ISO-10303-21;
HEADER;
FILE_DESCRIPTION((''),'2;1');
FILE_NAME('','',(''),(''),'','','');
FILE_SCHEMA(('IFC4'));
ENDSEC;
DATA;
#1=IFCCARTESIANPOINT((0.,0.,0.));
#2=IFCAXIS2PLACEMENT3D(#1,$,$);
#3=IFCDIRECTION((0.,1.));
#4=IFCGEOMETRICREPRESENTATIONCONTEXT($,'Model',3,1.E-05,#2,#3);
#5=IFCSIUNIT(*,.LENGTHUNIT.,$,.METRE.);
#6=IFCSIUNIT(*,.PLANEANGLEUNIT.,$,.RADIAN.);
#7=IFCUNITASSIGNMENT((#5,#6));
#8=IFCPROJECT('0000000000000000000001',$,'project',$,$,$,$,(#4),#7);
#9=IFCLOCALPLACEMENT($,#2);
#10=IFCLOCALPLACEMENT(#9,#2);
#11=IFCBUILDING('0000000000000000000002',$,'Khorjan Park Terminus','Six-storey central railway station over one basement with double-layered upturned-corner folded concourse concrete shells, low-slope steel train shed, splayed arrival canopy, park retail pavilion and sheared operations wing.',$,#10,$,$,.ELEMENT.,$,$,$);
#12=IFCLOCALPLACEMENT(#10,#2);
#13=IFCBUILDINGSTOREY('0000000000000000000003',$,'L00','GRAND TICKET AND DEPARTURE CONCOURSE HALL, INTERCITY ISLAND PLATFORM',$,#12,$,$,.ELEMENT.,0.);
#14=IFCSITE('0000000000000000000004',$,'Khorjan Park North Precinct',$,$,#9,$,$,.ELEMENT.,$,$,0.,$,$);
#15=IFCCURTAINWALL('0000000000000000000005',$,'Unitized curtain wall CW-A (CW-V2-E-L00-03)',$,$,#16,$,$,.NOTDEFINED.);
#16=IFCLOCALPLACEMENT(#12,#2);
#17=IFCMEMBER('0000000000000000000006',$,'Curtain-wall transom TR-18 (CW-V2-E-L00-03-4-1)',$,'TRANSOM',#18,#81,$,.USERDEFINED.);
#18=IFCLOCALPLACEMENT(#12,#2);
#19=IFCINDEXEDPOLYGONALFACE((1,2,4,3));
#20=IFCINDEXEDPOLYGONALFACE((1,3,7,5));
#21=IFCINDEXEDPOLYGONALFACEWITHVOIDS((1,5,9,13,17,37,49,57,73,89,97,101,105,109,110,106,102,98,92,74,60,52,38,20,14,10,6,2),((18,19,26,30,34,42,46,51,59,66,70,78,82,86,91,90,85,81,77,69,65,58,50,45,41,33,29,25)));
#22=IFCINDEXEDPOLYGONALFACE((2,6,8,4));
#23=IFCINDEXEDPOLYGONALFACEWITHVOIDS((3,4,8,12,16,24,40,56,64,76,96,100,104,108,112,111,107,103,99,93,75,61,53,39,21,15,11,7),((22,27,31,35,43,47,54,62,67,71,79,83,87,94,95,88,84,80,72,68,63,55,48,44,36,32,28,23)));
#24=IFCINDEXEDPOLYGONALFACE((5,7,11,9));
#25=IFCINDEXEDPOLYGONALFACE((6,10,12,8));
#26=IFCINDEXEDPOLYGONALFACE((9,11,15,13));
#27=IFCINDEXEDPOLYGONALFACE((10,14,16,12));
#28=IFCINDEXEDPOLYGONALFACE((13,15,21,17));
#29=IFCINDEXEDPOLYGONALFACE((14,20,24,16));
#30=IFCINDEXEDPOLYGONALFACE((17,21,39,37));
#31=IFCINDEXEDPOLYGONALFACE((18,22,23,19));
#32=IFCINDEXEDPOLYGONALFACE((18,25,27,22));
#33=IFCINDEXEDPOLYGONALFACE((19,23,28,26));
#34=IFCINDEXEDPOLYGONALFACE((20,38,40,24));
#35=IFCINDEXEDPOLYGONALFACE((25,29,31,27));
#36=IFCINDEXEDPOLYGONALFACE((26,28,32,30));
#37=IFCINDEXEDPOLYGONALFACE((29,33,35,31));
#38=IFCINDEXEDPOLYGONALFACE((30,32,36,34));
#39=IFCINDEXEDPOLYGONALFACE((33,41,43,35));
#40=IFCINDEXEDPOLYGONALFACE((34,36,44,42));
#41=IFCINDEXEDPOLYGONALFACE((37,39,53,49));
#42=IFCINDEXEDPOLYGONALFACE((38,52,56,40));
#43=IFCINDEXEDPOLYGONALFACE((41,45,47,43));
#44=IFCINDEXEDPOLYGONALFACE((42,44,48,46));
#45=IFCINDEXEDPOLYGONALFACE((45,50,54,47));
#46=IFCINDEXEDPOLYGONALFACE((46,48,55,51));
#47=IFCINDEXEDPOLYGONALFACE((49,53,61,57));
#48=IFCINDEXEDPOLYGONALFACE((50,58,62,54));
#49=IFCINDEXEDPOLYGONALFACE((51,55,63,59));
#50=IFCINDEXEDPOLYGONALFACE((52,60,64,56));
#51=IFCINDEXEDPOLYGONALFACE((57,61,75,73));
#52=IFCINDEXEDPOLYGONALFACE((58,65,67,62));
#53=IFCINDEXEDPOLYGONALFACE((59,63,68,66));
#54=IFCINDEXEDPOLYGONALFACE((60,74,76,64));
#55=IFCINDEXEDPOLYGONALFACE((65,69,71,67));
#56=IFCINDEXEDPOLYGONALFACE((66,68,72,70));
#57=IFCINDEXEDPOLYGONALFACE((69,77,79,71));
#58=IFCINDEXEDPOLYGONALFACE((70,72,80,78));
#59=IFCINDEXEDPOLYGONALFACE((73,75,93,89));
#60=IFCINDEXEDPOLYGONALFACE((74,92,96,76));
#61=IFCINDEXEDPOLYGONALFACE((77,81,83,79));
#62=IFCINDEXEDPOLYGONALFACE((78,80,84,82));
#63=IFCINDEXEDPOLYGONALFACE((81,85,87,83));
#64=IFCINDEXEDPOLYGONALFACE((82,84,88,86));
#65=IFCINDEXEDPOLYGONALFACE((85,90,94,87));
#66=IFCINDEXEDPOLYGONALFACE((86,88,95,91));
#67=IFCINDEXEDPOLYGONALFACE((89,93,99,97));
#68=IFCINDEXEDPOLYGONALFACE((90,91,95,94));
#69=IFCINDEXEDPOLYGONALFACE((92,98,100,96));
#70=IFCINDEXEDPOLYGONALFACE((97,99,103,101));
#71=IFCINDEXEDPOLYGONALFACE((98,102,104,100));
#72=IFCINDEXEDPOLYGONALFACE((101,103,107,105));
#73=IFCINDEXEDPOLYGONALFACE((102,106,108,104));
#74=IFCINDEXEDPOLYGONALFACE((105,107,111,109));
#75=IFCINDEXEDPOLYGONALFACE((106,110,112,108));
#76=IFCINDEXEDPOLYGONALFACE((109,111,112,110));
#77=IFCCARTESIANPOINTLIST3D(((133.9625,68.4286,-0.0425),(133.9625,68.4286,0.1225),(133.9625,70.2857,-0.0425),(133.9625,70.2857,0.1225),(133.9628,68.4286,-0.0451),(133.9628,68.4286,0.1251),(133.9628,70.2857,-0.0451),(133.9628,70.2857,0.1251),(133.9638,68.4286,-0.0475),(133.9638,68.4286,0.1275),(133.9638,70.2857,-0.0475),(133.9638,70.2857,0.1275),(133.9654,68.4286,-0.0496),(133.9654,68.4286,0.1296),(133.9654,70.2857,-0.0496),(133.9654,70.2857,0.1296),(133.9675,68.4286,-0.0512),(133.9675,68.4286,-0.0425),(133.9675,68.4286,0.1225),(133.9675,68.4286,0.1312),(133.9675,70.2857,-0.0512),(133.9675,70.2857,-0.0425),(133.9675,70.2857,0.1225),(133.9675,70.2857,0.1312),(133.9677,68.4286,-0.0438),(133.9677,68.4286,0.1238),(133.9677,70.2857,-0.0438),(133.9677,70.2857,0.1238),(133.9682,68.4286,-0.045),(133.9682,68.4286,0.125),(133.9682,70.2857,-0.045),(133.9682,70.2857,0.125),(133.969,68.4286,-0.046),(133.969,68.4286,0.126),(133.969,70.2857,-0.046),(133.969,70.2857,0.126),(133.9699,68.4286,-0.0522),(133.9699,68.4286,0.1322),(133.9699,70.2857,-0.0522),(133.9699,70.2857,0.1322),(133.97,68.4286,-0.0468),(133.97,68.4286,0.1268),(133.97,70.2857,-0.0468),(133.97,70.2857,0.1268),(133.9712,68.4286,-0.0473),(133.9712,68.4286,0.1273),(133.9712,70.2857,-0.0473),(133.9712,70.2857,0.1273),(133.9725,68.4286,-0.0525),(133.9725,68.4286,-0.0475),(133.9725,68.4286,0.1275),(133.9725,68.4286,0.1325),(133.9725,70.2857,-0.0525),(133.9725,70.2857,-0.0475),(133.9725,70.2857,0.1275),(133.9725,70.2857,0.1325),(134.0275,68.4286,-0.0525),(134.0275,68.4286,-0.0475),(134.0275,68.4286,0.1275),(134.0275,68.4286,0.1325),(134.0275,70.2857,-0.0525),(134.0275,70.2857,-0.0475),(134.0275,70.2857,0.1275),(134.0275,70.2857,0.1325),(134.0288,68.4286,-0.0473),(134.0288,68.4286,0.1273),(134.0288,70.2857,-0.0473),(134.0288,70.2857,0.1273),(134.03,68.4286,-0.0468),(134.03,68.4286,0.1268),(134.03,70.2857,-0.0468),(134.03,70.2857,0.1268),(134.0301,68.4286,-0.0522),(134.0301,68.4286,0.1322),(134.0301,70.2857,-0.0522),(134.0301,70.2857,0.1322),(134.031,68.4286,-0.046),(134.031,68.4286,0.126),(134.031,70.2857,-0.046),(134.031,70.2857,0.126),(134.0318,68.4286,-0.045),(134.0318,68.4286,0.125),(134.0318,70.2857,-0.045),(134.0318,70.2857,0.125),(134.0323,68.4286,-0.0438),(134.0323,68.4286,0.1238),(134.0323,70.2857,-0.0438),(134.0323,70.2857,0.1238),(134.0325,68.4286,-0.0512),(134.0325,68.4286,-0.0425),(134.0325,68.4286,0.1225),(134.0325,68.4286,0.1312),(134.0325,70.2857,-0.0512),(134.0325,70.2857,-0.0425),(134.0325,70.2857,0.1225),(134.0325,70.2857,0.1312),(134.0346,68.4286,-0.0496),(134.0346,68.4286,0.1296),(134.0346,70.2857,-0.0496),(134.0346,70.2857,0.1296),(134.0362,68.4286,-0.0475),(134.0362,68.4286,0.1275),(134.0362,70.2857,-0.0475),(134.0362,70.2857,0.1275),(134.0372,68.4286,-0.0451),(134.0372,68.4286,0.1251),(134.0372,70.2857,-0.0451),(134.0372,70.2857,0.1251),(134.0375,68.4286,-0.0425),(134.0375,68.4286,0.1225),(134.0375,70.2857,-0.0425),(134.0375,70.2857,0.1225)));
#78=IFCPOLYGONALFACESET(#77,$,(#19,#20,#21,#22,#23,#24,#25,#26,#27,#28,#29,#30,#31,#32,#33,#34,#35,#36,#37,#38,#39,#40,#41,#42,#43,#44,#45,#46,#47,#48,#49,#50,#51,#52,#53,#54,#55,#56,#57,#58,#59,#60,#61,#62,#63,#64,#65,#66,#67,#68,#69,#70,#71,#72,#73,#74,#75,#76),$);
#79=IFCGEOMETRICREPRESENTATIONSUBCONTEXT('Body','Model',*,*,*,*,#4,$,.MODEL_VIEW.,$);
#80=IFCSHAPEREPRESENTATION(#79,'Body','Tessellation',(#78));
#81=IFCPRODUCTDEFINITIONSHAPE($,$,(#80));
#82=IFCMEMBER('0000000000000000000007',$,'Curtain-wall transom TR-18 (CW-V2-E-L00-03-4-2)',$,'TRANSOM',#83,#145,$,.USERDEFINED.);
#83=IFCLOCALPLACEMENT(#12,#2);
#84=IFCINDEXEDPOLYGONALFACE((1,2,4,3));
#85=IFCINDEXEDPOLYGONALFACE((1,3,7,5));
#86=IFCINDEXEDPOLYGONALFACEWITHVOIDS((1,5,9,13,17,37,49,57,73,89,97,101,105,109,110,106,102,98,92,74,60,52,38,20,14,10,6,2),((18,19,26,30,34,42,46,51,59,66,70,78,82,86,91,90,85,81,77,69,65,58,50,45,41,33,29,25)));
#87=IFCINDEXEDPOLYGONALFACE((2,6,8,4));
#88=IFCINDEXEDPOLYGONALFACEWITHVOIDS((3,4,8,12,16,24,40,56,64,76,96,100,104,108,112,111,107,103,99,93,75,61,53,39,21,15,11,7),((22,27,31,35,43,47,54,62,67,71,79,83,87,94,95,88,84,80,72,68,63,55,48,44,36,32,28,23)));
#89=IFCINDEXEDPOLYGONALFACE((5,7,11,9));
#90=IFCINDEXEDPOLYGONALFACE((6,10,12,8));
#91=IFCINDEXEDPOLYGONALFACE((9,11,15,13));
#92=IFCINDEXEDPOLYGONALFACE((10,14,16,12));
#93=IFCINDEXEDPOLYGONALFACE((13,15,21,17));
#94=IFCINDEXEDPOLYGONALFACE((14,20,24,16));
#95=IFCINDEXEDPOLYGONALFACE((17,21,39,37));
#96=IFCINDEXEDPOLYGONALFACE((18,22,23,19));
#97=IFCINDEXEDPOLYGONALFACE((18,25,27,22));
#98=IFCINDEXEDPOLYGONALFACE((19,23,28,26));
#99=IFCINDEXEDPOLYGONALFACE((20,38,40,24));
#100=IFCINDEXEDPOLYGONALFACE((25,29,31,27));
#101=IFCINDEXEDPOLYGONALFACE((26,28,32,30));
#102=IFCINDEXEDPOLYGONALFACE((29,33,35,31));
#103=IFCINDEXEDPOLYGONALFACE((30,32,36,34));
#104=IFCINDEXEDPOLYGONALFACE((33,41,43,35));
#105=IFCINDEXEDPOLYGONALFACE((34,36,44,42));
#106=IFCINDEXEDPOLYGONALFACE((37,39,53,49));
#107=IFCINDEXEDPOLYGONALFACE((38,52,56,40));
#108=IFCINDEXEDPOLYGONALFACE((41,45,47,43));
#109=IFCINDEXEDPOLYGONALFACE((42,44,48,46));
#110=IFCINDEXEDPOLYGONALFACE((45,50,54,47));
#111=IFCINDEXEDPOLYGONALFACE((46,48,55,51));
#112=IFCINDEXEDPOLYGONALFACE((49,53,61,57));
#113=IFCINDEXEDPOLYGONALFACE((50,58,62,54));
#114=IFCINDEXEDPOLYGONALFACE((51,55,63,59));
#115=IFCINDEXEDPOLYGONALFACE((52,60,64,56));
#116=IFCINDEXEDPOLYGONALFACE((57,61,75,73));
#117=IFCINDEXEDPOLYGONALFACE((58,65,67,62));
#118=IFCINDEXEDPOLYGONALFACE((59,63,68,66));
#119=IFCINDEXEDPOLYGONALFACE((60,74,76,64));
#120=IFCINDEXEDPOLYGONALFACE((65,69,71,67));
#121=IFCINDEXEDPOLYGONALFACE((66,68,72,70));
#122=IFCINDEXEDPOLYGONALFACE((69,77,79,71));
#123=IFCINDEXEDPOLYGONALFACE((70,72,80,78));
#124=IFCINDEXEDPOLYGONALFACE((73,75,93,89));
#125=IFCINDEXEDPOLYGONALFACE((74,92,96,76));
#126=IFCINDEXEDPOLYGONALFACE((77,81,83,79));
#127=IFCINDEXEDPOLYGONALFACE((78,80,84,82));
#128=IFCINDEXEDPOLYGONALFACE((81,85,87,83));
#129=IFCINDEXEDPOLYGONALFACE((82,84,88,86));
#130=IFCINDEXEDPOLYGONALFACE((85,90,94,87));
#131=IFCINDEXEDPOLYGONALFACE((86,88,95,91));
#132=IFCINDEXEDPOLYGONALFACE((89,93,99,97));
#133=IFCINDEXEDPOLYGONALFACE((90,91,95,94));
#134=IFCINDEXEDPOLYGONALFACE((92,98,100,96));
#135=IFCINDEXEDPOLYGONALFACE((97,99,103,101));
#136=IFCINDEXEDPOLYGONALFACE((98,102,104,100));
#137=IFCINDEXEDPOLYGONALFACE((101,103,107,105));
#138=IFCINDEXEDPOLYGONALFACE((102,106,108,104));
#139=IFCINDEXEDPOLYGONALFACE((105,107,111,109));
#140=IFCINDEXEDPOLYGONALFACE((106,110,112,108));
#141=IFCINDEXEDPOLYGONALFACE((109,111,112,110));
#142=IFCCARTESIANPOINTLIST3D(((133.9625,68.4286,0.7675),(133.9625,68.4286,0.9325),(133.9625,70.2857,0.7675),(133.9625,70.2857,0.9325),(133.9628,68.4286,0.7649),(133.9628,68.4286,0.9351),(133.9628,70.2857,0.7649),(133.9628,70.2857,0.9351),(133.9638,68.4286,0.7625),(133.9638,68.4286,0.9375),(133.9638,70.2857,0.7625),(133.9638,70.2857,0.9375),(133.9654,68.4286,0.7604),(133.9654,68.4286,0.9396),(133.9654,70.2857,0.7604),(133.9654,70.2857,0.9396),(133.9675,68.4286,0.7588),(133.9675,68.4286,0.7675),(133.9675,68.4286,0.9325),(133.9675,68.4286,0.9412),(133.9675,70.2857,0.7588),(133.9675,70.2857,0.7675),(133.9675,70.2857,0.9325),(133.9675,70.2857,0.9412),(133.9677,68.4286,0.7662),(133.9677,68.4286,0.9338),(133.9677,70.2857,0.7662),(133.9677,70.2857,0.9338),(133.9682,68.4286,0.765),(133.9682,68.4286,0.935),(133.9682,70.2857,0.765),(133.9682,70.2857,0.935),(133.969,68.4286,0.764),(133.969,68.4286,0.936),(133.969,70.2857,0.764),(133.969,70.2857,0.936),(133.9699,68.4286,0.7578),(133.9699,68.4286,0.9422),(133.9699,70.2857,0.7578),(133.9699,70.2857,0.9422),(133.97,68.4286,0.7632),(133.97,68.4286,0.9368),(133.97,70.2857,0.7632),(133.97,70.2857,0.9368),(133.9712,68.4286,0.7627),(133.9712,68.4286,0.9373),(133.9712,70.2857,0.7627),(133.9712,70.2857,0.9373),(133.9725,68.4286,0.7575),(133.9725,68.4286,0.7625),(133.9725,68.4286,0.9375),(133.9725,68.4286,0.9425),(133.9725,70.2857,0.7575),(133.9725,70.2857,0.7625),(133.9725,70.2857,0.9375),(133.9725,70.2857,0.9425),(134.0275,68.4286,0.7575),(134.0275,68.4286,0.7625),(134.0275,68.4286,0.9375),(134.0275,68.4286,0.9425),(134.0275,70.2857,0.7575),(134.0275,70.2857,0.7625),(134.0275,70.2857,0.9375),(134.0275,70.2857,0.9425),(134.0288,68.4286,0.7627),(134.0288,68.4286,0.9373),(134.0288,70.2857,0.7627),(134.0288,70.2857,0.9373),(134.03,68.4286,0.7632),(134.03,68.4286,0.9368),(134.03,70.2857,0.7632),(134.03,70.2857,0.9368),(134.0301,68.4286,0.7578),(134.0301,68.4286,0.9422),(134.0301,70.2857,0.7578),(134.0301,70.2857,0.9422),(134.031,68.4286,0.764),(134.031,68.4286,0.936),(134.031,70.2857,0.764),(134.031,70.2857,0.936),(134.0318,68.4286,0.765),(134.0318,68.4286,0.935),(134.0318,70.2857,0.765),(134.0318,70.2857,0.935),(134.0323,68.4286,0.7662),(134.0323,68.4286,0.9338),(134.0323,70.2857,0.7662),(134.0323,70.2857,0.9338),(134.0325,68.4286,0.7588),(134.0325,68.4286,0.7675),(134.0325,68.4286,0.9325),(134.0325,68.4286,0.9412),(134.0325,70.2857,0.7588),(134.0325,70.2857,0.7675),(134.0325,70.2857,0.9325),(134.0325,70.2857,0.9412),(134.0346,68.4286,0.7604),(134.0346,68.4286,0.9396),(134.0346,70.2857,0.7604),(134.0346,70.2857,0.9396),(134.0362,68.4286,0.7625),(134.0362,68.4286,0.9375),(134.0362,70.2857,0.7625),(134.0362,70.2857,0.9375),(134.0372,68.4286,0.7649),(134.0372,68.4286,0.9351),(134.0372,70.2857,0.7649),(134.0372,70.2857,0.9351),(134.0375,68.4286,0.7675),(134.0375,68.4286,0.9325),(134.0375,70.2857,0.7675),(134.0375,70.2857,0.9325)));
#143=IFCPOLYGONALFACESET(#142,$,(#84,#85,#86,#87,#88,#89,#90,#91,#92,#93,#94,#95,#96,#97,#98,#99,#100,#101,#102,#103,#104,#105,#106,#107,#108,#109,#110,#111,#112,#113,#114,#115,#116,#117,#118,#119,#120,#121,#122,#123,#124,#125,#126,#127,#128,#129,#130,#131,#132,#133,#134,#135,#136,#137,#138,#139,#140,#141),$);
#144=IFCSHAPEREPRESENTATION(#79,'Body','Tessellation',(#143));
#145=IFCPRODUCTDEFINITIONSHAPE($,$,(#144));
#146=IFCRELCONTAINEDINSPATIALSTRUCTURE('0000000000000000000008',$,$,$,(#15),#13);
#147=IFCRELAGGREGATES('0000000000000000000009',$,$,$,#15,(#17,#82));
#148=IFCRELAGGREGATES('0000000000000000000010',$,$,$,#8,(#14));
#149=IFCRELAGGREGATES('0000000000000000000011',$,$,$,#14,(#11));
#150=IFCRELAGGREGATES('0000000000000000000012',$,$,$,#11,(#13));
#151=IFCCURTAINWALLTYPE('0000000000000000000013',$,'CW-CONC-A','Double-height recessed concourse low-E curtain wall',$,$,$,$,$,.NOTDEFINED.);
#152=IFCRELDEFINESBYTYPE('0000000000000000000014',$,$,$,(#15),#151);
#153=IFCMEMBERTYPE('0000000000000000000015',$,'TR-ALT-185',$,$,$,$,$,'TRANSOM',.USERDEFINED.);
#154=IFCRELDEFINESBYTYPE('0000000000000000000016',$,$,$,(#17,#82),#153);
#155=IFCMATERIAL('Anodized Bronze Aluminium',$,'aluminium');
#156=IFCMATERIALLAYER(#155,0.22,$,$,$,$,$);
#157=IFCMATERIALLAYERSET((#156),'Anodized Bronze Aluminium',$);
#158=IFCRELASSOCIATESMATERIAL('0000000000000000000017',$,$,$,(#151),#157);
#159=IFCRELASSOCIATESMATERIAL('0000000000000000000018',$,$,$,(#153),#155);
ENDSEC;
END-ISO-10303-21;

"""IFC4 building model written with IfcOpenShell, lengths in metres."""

from ifc_helpers import new_model, si_unit, direction, frame, origin, origin_2d, place, context, subcontext, project, spatial, hollow_rectangle, extrude, material, layer, layer_set, material_profile, profile_set, type_object, element, aggregate, save


model = new_model("IFC4")

# Units and contexts
model_context = context("Model", 3, precision=1e-05, world=origin(), true_north=direction((0.0, 1.0)))
body_context = subcontext(model_context, "Body", "Model", "MODEL_VIEW")
ifc_project = project(units=[si_unit("LENGTHUNIT", "METRE"), si_unit("PLANEANGLEUNIT", "RADIAN")], contexts=[model_context])

# Site, building, storey
site_placement = place(None, origin())
site = spatial("IfcSite", under=ifc_project, at=site_placement, Name="Khorjan Park North Precinct", CompositionType="ELEMENT", RefElevation=0.0)
building_placement = place(site_placement, origin())
building = spatial("IfcBuilding", under=site, at=building_placement, Name="Khorjan Park Terminus", Description="Six-storey central railway station over one basement with double-layered upturned-corner folded concourse concrete shells, low-slope steel train shed, splayed arrival canopy, park retail pavilion and sheared operations wing.", CompositionType="ELEMENT")
storey_placement = place(building_placement, origin())
storey = spatial("IfcBuildingStorey", under=building, at=storey_placement, Name="L00", Description="GRAND TICKET AND DEPARTURE CONCOURSE HALL, INTERCITY ISLAND PLATFORM", CompositionType="ELEMENT", Elevation=0.0)

# Curtain wall, members
ifc_material_1 = material(Name="Anodized Bronze Aluminium", Category="aluminium")
ifc_layer_1 = layer(ifc_material_1, 0.22)
ifc_layer_set_1 = layer_set([ifc_layer_1], Name="Anodized Bronze Aluminium")
curtain_wall_type = type_object("IfcCurtainWallType", Name="CW-CONC-A", Description="Double-height recessed concourse low-E curtain wall", PredefinedType="NOTDEFINED", material=ifc_layer_set_1)
curtain_wall_placement = place(storey_placement, origin())
curtain_wall = element("IfcCurtainWall", 1, at=curtain_wall_placement, inside=storey, type_object=curtain_wall_type, Name="Unitized curtain wall CW-A (CW-V2-E-L00-03)", PredefinedType="NOTDEFINED")
ifc_material_profile_1 = material_profile(ifc_material_1, hollow_rectangle(XDim=0.075, YDim=0.185, WallThickness=0.005, InnerFilletRadius=0.005, OuterFilletRadius=0.01, at=origin_2d()), Name="ALT 75x185x5")
ifc_profile_set_1 = profile_set([ifc_material_profile_1], Name="Anodized Bronze Aluminium")
member_type_1 = type_object("IfcMemberType", Name="TR-ALT-185", ElementType="TRANSOM", PredefinedType="USERDEFINED", material=ifc_profile_set_1)
member_1_placement = place(storey_placement, frame((134.0, 68.4286, 0.04), z_axis=(0.0, 1.0, 0.0), x_axis=(-1.0, 0.0, 0.0)))
member_1 = element("IfcMember", 2, at=member_1_placement, type_object=member_type_1, Name="Curtain-wall transom TR-18 (CW-V2-E-L00-03-4-1)", ObjectType="TRANSOM", PredefinedType="USERDEFINED", context=body_context, shape_type="SweptSolid", body=[
    extrude(hollow_rectangle(XDim=0.075, YDim=0.185, WallThickness=0.005, InnerFilletRadius=0.005, OuterFilletRadius=0.01, at=origin_2d()), origin(), (0.0, 0.0, 1.0), 1.8571),
])
member_2_placement = place(storey_placement, frame((134.0, 68.4286, 0.85), z_axis=(0.0, 1.0, 0.0), x_axis=(-1.0, 0.0, 0.0)))
member_2 = element("IfcMember", 3, at=member_2_placement, type_object=member_type_1, Name="Curtain-wall transom TR-18 (CW-V2-E-L00-03-4-2)", ObjectType="TRANSOM", PredefinedType="USERDEFINED", context=body_context, shape_type="SweptSolid", body=[
    extrude(hollow_rectangle(XDim=0.075, YDim=0.185, WallThickness=0.005, InnerFilletRadius=0.005, OuterFilletRadius=0.01, at=origin_2d()), origin(), (0.0, 0.0, 1.0), 1.8571),
])
aggregate(curtain_wall, [member_1, member_2])

save(model, "model.ifc")
